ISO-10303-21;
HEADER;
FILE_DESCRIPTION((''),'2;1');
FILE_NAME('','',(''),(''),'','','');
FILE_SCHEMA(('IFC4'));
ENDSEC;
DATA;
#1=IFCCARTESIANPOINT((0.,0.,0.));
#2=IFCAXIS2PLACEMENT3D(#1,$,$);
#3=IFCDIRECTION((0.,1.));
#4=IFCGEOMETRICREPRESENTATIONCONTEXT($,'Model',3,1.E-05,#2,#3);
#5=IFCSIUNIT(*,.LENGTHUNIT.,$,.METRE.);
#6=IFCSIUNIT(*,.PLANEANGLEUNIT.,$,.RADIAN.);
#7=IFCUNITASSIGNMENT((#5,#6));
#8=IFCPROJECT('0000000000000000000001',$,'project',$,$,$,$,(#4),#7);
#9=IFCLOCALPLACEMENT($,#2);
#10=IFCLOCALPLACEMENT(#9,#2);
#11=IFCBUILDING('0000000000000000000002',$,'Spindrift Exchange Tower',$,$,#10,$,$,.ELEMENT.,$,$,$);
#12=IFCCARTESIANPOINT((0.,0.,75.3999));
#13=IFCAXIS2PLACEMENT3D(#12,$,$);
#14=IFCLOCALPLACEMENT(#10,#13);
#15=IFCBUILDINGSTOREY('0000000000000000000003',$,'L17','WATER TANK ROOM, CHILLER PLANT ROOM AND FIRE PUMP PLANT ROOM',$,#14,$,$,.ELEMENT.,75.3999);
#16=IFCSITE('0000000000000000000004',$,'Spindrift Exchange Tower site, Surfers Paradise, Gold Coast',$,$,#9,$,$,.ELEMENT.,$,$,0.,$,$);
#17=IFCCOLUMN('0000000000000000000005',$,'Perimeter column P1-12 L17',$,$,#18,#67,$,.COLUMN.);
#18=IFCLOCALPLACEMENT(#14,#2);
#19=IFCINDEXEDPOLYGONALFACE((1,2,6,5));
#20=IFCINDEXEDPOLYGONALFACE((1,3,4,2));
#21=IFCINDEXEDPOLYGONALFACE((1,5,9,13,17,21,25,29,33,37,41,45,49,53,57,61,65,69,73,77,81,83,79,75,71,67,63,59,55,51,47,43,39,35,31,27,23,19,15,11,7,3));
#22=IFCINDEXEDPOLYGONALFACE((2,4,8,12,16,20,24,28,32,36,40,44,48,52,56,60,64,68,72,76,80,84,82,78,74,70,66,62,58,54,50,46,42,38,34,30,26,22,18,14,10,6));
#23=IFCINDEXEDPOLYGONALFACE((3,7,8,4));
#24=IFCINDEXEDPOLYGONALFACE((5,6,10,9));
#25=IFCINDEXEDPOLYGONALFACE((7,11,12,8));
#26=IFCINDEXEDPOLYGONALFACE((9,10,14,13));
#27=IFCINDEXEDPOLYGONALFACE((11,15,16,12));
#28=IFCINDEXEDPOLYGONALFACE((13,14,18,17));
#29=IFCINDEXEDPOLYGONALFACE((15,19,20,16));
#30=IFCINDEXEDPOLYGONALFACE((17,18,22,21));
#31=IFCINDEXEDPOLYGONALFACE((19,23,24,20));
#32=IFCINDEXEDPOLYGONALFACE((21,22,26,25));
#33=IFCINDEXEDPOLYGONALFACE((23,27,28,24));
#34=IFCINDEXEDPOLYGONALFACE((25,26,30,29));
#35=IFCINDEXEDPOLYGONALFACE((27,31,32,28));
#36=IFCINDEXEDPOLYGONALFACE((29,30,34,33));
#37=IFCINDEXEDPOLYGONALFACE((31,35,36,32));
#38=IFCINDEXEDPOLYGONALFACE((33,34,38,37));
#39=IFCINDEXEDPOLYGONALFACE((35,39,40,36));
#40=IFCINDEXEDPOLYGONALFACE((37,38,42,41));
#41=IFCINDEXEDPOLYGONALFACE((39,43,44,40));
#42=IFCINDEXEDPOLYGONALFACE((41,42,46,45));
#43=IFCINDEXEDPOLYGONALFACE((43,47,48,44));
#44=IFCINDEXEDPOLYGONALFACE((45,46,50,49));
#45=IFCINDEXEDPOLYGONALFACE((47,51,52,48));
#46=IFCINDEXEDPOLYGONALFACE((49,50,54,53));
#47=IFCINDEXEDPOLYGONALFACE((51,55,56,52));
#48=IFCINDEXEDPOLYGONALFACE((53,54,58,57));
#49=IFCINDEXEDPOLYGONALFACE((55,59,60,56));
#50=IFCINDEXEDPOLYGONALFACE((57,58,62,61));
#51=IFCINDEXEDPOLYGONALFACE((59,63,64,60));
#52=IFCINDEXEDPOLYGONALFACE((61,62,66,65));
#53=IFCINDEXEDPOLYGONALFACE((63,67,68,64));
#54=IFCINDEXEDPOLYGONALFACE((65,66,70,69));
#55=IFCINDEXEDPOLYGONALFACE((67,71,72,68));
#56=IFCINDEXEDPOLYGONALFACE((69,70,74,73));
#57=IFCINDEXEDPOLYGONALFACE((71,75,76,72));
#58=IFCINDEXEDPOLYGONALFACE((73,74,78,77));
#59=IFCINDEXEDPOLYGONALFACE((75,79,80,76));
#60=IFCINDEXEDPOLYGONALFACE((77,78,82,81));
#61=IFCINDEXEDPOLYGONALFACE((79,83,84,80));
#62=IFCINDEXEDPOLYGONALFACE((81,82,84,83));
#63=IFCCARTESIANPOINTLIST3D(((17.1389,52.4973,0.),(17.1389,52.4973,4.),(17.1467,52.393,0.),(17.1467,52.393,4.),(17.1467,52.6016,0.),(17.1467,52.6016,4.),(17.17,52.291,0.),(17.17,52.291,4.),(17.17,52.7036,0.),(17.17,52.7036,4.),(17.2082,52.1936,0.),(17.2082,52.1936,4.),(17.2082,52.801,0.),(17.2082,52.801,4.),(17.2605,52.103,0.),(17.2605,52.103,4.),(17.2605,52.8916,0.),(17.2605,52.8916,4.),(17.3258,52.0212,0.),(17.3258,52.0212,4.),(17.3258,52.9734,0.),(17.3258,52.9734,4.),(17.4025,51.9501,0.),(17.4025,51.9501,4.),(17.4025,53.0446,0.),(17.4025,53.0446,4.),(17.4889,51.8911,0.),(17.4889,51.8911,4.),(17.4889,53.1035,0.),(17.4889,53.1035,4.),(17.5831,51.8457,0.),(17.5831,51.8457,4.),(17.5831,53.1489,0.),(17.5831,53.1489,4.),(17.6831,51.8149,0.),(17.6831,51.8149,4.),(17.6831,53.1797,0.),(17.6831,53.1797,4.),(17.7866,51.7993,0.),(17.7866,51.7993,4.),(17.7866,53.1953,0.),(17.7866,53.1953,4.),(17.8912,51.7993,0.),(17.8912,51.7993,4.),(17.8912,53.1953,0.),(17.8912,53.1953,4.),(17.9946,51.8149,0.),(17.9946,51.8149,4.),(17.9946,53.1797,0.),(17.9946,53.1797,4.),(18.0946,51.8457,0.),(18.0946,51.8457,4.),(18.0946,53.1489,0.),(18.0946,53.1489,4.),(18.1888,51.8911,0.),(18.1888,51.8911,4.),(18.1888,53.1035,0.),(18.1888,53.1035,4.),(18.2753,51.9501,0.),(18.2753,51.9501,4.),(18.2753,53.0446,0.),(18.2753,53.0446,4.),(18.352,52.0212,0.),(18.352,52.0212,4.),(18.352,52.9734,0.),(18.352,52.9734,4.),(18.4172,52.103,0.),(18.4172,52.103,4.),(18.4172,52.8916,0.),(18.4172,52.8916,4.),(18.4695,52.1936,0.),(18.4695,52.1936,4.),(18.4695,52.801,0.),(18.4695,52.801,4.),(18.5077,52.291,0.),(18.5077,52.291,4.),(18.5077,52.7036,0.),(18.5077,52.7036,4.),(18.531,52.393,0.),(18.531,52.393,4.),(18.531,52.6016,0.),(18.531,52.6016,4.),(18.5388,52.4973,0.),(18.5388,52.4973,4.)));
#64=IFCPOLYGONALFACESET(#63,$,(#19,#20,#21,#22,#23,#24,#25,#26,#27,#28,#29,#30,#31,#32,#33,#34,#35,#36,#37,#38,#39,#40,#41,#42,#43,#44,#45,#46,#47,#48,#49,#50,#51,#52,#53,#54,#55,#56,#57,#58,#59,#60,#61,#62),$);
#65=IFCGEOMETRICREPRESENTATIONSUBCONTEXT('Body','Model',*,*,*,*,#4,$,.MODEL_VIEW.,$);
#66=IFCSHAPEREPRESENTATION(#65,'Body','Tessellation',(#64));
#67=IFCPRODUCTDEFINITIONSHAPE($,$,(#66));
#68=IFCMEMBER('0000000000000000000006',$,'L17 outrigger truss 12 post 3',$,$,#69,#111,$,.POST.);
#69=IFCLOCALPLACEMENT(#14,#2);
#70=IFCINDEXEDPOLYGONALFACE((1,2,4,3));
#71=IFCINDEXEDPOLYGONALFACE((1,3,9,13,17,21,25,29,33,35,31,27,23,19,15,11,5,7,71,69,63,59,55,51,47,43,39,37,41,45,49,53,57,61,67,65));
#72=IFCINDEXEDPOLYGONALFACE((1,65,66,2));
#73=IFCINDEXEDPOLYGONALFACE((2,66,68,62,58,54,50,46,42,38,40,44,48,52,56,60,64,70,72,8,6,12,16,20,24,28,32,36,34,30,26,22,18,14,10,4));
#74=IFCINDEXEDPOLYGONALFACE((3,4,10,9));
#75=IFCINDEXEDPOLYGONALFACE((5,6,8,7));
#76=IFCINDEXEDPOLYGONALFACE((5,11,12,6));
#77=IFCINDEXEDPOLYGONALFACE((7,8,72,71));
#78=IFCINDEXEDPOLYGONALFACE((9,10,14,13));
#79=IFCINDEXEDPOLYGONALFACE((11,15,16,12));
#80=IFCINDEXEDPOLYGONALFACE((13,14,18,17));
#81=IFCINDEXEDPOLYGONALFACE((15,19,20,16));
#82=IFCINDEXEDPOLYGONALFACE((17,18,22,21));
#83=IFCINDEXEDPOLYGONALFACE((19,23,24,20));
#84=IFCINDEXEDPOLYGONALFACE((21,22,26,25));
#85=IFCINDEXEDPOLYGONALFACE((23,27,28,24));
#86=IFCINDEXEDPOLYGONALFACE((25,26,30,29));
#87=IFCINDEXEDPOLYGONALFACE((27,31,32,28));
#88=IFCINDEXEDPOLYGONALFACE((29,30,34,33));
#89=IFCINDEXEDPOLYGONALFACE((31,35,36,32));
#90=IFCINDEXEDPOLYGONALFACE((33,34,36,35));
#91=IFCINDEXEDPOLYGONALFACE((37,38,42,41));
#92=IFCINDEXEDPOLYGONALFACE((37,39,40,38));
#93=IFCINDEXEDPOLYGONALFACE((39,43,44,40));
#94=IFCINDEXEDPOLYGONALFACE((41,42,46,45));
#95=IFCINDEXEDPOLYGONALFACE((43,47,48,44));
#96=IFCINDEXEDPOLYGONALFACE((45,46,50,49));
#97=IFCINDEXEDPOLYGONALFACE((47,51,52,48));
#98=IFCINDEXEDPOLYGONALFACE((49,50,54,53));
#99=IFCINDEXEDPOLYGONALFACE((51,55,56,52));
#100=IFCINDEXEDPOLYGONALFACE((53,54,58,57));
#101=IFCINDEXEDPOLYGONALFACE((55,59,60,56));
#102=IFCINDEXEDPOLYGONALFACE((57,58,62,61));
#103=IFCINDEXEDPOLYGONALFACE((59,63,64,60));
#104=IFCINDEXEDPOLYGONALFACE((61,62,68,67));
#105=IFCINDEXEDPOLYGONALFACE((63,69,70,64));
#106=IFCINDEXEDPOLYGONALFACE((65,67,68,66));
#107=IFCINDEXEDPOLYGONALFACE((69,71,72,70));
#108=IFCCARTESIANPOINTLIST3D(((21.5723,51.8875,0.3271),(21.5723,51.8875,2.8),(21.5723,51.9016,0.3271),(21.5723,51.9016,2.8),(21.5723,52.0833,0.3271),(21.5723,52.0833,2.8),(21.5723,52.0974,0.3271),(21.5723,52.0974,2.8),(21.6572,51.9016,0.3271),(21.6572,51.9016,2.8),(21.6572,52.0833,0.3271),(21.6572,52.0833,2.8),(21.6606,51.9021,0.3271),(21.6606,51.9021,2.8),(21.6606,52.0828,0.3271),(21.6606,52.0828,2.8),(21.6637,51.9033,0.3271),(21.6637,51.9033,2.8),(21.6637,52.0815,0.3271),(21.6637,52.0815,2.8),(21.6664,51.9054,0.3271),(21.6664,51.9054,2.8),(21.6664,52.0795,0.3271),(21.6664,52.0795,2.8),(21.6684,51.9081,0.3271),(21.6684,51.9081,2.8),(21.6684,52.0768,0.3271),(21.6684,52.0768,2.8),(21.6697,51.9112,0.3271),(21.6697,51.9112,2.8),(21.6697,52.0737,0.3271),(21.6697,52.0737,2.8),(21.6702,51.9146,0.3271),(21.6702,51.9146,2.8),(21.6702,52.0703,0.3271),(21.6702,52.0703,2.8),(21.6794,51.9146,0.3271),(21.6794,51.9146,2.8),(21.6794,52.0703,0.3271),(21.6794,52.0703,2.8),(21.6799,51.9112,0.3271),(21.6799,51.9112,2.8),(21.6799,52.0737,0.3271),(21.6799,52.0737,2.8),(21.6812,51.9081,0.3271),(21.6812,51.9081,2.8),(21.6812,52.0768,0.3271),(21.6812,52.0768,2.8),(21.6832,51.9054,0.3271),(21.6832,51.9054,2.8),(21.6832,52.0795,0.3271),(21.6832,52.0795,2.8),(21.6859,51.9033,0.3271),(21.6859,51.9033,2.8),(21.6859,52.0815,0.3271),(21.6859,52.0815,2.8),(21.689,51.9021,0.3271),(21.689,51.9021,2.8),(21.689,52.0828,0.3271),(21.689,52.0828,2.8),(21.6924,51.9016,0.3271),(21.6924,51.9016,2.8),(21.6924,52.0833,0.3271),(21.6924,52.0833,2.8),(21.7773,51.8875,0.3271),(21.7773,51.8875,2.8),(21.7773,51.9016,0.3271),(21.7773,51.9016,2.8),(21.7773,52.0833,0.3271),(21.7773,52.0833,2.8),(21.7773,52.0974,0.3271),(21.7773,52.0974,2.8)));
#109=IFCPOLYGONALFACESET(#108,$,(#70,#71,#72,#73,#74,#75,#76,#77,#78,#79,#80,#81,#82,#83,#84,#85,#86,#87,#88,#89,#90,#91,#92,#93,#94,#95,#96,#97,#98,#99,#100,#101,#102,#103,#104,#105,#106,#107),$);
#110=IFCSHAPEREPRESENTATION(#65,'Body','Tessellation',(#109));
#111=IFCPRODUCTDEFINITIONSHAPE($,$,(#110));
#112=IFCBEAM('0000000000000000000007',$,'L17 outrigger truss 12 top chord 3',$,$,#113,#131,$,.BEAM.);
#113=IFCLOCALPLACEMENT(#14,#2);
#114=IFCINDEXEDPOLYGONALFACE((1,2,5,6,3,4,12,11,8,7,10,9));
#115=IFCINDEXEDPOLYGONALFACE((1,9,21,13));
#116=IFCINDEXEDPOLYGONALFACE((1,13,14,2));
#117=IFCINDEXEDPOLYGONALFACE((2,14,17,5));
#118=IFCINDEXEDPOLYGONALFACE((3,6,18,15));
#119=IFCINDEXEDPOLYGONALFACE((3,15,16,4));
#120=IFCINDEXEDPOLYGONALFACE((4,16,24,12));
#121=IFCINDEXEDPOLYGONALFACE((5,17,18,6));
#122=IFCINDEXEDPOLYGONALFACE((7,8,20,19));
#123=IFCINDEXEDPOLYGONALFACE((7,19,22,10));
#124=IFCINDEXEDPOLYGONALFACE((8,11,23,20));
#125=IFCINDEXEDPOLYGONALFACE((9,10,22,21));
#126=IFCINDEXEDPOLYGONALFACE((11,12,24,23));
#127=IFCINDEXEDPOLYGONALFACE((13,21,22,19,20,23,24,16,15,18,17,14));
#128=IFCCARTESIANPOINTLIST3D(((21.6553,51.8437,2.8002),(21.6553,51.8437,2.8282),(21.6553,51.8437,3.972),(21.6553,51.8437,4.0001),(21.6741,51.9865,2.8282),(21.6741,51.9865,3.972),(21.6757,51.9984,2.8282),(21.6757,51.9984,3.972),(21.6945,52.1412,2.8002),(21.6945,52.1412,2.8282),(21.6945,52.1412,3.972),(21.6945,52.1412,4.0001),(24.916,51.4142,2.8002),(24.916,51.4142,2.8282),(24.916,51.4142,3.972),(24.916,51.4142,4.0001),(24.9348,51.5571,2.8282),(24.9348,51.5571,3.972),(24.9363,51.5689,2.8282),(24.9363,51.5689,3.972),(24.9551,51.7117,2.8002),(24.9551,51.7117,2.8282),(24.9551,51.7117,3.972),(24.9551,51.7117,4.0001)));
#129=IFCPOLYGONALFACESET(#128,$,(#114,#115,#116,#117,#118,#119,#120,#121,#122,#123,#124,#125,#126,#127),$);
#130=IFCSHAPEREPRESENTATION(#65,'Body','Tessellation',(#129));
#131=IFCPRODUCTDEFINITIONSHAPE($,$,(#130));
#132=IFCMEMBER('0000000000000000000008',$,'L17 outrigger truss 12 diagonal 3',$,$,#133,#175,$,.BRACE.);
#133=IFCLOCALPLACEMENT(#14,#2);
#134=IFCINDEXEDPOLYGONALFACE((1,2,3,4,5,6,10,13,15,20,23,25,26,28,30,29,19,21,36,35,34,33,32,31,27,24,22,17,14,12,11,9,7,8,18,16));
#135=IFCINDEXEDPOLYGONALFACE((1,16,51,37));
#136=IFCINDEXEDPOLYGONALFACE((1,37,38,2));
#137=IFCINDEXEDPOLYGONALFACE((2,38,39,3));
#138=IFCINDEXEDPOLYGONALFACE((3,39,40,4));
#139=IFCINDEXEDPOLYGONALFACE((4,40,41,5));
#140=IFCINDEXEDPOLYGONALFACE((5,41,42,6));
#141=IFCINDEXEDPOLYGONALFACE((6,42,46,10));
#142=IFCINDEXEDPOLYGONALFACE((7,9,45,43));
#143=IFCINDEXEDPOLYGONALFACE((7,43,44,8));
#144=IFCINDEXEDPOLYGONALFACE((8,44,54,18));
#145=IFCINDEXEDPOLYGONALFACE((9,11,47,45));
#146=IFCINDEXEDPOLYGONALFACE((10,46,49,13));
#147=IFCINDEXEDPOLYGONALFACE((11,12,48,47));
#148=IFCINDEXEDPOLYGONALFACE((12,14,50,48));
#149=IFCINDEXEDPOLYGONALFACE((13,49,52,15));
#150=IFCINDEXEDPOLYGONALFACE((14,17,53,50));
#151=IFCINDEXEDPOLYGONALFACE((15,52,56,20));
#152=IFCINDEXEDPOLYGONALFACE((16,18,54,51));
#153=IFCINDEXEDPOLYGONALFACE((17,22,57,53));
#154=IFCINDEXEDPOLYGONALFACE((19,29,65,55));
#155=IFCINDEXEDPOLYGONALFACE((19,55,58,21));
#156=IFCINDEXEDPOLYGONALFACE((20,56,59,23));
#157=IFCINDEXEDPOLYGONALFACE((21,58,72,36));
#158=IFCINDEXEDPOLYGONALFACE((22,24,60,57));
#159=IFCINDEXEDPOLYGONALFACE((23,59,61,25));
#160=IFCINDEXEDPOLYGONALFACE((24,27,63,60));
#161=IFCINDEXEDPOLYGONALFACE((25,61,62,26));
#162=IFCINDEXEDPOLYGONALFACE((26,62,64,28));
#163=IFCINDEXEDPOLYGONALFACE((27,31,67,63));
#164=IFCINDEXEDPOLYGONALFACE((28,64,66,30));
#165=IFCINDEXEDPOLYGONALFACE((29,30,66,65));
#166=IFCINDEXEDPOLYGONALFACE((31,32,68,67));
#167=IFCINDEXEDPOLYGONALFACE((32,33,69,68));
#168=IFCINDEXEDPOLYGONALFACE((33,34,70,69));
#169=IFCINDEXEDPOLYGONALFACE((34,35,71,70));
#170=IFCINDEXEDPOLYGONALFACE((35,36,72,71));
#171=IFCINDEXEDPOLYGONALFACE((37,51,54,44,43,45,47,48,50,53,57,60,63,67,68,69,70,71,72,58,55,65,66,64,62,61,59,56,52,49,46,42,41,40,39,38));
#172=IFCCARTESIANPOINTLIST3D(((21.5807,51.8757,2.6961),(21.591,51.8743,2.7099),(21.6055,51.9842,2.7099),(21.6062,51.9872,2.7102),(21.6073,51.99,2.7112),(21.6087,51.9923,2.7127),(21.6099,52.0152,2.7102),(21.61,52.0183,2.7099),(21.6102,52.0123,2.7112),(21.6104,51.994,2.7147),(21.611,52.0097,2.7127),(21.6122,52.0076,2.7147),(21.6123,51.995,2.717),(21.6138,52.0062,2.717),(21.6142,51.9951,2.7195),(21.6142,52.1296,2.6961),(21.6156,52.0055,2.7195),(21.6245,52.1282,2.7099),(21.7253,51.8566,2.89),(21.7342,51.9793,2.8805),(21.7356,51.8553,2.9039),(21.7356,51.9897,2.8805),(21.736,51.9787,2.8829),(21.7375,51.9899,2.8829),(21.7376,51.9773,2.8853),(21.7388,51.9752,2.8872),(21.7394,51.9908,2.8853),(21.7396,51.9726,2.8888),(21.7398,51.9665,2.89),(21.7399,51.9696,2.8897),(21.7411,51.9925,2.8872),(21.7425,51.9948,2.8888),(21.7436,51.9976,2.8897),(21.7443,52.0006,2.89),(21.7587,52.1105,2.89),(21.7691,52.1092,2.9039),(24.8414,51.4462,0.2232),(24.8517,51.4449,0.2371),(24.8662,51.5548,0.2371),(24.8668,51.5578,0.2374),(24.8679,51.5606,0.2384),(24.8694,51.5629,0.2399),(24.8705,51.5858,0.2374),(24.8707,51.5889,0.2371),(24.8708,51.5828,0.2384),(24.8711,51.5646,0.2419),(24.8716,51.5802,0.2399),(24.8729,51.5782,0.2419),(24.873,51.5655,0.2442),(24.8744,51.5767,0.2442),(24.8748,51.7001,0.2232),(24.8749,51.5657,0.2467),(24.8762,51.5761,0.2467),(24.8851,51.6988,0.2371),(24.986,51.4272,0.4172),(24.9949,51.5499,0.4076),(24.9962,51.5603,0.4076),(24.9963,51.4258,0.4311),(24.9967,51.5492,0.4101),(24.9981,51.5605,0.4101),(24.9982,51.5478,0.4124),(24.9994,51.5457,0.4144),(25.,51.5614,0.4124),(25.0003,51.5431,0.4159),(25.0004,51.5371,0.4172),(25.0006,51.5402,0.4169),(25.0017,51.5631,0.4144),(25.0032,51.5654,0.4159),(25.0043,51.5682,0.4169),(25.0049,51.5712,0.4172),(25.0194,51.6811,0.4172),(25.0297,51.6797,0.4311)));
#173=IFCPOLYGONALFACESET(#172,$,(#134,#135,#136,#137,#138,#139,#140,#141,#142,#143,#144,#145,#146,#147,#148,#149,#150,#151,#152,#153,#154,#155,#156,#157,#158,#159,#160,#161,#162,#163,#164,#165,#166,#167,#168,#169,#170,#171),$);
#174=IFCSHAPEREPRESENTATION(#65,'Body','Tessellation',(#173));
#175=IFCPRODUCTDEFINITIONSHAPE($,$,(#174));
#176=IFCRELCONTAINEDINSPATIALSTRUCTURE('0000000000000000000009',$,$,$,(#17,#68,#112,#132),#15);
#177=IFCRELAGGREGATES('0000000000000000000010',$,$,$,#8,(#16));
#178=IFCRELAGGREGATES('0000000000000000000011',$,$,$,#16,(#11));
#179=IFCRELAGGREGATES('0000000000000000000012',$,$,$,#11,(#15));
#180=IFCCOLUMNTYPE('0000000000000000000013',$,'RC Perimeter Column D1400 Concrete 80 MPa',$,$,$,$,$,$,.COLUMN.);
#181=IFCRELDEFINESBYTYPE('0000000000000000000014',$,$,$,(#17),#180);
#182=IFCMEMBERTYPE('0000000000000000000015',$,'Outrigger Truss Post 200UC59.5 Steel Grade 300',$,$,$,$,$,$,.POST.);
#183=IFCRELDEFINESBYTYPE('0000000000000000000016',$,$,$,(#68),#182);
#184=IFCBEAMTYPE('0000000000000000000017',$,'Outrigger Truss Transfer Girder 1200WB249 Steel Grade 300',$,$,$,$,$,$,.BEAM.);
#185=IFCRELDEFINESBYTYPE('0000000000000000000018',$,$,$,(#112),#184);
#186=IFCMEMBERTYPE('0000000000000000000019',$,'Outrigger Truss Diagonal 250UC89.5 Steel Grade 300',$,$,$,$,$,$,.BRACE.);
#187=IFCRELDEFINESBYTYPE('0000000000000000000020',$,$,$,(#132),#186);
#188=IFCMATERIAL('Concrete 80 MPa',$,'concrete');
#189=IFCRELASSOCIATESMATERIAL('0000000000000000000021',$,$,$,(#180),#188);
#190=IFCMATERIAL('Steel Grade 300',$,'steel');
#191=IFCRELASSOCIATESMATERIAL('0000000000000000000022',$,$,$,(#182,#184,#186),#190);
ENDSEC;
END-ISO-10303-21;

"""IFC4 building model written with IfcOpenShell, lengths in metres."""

from ifc_helpers import new_model, si_unit, direction, frame, origin, origin_2d, place, context, subcontext, project, spatial, circle, i_section, extrude, source, transform, mapped, material, material_profile, profile_set, type_object, element, save


model = new_model("IFC4")

# Units and contexts
model_context = context("Model", 3, precision=1e-05, world=origin(), true_north=direction((0.0, 1.0)))
body_context = subcontext(model_context, "Body", "Model", "MODEL_VIEW")
ifc_project = project(units=[si_unit("LENGTHUNIT", "METRE"), si_unit("PLANEANGLEUNIT", "RADIAN")], contexts=[model_context])

# Site, building, storey
site_placement = place(None, origin())
site = spatial("IfcSite", under=ifc_project, at=site_placement, Name="Spindrift Exchange Tower site, Surfers Paradise, Gold Coast", CompositionType="ELEMENT", RefElevation=0.0)
building_placement = place(site_placement, origin())
building = spatial("IfcBuilding", under=site, at=building_placement, Name="Spindrift Exchange Tower", CompositionType="ELEMENT")
storey_placement = place(building_placement, frame((0.0, 0.0, 75.3999)))
storey = spatial("IfcBuildingStorey", under=building, at=storey_placement, Name="L17", Description="WATER TANK ROOM, CHILLER PLANT ROOM AND FIRE PUMP PLANT ROOM", CompositionType="ELEMENT", Elevation=75.3999)

# Column
ifc_material_1 = material(Name="Concrete 80 MPa", Category="concrete")
ifc_material_profile_1 = material_profile(ifc_material_1, circle(Radius=0.7, at=origin_2d()), Name="RC D1400")
ifc_profile_set_1 = profile_set([ifc_material_profile_1], Name="Concrete 80 MPa")
column_type = type_object("IfcColumnType", Name="RC Perimeter Column D1400 Concrete 80 MPa", PredefinedType="COLUMN", material=ifc_profile_set_1)
shared_shape_1 = source(origin(), body_context, "Body", "SweptSolid", [
    extrude(circle(Radius=0.7, at=origin_2d()), origin(), (0.0, 0.0, 1.0), 4.0),
])
column_placement = place(storey_placement, frame((17.8389, 52.4973, 0.0), z_axis=(0.0, 0.0, 1.0), x_axis=(1.0, 0.0, 0.0)))
element("IfcColumn", 1, at=column_placement, inside=storey, type_object=column_type, Name="Perimeter column P1-12 L17", PredefinedType="COLUMN", context=body_context, shape_type="MappedRepresentation", body=[
    mapped(shared_shape_1, transform((0.0, 0.0, 0.0), scale=1.0)),
])

# Member
ifc_material_2 = material(Name="Steel Grade 300", Category="steel")
ifc_material_profile_2 = material_profile(ifc_material_2, i_section(OverallWidth=0.2051, OverallDepth=0.21, WebThickness=0.0093, FlangeThickness=0.0142, FilletRadius=0.0129, at=origin_2d()), Name="200UC59.5")
ifc_profile_set_2 = profile_set([ifc_material_profile_2], Name="Steel Grade 300")
member_type_1 = type_object("IfcMemberType", Name="Outrigger Truss Post 200UC59.5 Steel Grade 300", PredefinedType="POST", material=ifc_profile_set_2)
shared_shape_2 = source(origin(), body_context, "Body", "SweptSolid", [
    extrude(i_section(OverallWidth=0.2051, OverallDepth=0.21, WebThickness=0.0093, FlangeThickness=0.0142, FilletRadius=0.0129, at=origin_2d()), origin(), (0.0, 0.0, 1.0), 2.4729),
])
member_1_placement = place(storey_placement, frame((21.6748, 51.9924, 0.3271), z_axis=(0.0, 0.0, 1.0), x_axis=(1.0, 0.0, 0.0)))
element("IfcMember", 2, at=member_1_placement, inside=storey, type_object=member_type_1, Name="L17 outrigger truss 12 post 3", PredefinedType="POST", context=body_context, shape_type="MappedRepresentation", body=[
    mapped(shared_shape_2, transform((0.0, 0.0, 0.0), scale=1.0)),
])

# Beam
ifc_material_profile_3 = material_profile(ifc_material_2, i_section(OverallWidth=0.3, OverallDepth=1.2, WebThickness=0.012, FlangeThickness=0.0281, at=origin_2d()), Name="1200WB249")
ifc_profile_set_3 = profile_set([ifc_material_profile_3], Name="Steel Grade 300")
beam_type_1 = type_object("IfcBeamType", Name="Outrigger Truss Transfer Girder 1200WB249 Steel Grade 300", PredefinedType="BEAM", material=ifc_profile_set_3)
shared_shape_3 = source(origin(), body_context, "Body", "SweptSolid", [
    extrude(i_section(OverallWidth=0.3, OverallDepth=1.2, WebThickness=0.012, FlangeThickness=0.0281, at=origin_2d()), origin(), (0.0, 0.0, 1.0), 3.2888),
])
beam_1_placement = place(storey_placement, frame((24.9355, 51.563, 3.4001), z_axis=(-0.991439, 0.130574, 0.0), x_axis=(-0.130574, -0.991439, 0.0)))
element("IfcBeam", 3, at=beam_1_placement, inside=storey, type_object=beam_type_1, Name="L17 outrigger truss 12 top chord 3", PredefinedType="BEAM", context=body_context, shape_type="MappedRepresentation", body=[
    mapped(shared_shape_3, transform((0.0, 0.0, 0.0), scale=1.0)),
])

# Member
ifc_material_profile_4 = material_profile(ifc_material_2, i_section(OverallWidth=0.2561, OverallDepth=0.26, WebThickness=0.0105, FlangeThickness=0.0173, FilletRadius=0.012, at=origin_2d()), Name="250UC89.5")
ifc_profile_set_4 = profile_set([ifc_material_profile_4], Name="Steel Grade 300")
member_type_2 = type_object("IfcMemberType", Name="Outrigger Truss Diagonal 250UC89.5 Steel Grade 300", PredefinedType="BRACE", material=ifc_profile_set_4)
shared_shape_4 = source(origin(), body_context, "Body", "SweptSolid", [
    extrude(i_section(OverallWidth=0.2561, OverallDepth=0.26, WebThickness=0.0105, FlangeThickness=0.0173, FilletRadius=0.012, at=origin_2d()), origin(), (0.0, 0.0, 1.0), 4.1147),
])
member_2_placement = place(storey_placement, frame((24.9355, 51.563, 0.3271), z_axis=(-0.79243, 0.104364, 0.600968), x_axis=(-0.130574, -0.991439, 0.0)))
element("IfcMember", 4, at=member_2_placement, inside=storey, type_object=member_type_2, Name="L17 outrigger truss 12 diagonal 3", PredefinedType="BRACE", context=body_context, shape_type="MappedRepresentation", body=[
    mapped(shared_shape_4, transform((0.0, 0.0, 0.0), scale=1.0)),
])

save(model, "model.ifc")
